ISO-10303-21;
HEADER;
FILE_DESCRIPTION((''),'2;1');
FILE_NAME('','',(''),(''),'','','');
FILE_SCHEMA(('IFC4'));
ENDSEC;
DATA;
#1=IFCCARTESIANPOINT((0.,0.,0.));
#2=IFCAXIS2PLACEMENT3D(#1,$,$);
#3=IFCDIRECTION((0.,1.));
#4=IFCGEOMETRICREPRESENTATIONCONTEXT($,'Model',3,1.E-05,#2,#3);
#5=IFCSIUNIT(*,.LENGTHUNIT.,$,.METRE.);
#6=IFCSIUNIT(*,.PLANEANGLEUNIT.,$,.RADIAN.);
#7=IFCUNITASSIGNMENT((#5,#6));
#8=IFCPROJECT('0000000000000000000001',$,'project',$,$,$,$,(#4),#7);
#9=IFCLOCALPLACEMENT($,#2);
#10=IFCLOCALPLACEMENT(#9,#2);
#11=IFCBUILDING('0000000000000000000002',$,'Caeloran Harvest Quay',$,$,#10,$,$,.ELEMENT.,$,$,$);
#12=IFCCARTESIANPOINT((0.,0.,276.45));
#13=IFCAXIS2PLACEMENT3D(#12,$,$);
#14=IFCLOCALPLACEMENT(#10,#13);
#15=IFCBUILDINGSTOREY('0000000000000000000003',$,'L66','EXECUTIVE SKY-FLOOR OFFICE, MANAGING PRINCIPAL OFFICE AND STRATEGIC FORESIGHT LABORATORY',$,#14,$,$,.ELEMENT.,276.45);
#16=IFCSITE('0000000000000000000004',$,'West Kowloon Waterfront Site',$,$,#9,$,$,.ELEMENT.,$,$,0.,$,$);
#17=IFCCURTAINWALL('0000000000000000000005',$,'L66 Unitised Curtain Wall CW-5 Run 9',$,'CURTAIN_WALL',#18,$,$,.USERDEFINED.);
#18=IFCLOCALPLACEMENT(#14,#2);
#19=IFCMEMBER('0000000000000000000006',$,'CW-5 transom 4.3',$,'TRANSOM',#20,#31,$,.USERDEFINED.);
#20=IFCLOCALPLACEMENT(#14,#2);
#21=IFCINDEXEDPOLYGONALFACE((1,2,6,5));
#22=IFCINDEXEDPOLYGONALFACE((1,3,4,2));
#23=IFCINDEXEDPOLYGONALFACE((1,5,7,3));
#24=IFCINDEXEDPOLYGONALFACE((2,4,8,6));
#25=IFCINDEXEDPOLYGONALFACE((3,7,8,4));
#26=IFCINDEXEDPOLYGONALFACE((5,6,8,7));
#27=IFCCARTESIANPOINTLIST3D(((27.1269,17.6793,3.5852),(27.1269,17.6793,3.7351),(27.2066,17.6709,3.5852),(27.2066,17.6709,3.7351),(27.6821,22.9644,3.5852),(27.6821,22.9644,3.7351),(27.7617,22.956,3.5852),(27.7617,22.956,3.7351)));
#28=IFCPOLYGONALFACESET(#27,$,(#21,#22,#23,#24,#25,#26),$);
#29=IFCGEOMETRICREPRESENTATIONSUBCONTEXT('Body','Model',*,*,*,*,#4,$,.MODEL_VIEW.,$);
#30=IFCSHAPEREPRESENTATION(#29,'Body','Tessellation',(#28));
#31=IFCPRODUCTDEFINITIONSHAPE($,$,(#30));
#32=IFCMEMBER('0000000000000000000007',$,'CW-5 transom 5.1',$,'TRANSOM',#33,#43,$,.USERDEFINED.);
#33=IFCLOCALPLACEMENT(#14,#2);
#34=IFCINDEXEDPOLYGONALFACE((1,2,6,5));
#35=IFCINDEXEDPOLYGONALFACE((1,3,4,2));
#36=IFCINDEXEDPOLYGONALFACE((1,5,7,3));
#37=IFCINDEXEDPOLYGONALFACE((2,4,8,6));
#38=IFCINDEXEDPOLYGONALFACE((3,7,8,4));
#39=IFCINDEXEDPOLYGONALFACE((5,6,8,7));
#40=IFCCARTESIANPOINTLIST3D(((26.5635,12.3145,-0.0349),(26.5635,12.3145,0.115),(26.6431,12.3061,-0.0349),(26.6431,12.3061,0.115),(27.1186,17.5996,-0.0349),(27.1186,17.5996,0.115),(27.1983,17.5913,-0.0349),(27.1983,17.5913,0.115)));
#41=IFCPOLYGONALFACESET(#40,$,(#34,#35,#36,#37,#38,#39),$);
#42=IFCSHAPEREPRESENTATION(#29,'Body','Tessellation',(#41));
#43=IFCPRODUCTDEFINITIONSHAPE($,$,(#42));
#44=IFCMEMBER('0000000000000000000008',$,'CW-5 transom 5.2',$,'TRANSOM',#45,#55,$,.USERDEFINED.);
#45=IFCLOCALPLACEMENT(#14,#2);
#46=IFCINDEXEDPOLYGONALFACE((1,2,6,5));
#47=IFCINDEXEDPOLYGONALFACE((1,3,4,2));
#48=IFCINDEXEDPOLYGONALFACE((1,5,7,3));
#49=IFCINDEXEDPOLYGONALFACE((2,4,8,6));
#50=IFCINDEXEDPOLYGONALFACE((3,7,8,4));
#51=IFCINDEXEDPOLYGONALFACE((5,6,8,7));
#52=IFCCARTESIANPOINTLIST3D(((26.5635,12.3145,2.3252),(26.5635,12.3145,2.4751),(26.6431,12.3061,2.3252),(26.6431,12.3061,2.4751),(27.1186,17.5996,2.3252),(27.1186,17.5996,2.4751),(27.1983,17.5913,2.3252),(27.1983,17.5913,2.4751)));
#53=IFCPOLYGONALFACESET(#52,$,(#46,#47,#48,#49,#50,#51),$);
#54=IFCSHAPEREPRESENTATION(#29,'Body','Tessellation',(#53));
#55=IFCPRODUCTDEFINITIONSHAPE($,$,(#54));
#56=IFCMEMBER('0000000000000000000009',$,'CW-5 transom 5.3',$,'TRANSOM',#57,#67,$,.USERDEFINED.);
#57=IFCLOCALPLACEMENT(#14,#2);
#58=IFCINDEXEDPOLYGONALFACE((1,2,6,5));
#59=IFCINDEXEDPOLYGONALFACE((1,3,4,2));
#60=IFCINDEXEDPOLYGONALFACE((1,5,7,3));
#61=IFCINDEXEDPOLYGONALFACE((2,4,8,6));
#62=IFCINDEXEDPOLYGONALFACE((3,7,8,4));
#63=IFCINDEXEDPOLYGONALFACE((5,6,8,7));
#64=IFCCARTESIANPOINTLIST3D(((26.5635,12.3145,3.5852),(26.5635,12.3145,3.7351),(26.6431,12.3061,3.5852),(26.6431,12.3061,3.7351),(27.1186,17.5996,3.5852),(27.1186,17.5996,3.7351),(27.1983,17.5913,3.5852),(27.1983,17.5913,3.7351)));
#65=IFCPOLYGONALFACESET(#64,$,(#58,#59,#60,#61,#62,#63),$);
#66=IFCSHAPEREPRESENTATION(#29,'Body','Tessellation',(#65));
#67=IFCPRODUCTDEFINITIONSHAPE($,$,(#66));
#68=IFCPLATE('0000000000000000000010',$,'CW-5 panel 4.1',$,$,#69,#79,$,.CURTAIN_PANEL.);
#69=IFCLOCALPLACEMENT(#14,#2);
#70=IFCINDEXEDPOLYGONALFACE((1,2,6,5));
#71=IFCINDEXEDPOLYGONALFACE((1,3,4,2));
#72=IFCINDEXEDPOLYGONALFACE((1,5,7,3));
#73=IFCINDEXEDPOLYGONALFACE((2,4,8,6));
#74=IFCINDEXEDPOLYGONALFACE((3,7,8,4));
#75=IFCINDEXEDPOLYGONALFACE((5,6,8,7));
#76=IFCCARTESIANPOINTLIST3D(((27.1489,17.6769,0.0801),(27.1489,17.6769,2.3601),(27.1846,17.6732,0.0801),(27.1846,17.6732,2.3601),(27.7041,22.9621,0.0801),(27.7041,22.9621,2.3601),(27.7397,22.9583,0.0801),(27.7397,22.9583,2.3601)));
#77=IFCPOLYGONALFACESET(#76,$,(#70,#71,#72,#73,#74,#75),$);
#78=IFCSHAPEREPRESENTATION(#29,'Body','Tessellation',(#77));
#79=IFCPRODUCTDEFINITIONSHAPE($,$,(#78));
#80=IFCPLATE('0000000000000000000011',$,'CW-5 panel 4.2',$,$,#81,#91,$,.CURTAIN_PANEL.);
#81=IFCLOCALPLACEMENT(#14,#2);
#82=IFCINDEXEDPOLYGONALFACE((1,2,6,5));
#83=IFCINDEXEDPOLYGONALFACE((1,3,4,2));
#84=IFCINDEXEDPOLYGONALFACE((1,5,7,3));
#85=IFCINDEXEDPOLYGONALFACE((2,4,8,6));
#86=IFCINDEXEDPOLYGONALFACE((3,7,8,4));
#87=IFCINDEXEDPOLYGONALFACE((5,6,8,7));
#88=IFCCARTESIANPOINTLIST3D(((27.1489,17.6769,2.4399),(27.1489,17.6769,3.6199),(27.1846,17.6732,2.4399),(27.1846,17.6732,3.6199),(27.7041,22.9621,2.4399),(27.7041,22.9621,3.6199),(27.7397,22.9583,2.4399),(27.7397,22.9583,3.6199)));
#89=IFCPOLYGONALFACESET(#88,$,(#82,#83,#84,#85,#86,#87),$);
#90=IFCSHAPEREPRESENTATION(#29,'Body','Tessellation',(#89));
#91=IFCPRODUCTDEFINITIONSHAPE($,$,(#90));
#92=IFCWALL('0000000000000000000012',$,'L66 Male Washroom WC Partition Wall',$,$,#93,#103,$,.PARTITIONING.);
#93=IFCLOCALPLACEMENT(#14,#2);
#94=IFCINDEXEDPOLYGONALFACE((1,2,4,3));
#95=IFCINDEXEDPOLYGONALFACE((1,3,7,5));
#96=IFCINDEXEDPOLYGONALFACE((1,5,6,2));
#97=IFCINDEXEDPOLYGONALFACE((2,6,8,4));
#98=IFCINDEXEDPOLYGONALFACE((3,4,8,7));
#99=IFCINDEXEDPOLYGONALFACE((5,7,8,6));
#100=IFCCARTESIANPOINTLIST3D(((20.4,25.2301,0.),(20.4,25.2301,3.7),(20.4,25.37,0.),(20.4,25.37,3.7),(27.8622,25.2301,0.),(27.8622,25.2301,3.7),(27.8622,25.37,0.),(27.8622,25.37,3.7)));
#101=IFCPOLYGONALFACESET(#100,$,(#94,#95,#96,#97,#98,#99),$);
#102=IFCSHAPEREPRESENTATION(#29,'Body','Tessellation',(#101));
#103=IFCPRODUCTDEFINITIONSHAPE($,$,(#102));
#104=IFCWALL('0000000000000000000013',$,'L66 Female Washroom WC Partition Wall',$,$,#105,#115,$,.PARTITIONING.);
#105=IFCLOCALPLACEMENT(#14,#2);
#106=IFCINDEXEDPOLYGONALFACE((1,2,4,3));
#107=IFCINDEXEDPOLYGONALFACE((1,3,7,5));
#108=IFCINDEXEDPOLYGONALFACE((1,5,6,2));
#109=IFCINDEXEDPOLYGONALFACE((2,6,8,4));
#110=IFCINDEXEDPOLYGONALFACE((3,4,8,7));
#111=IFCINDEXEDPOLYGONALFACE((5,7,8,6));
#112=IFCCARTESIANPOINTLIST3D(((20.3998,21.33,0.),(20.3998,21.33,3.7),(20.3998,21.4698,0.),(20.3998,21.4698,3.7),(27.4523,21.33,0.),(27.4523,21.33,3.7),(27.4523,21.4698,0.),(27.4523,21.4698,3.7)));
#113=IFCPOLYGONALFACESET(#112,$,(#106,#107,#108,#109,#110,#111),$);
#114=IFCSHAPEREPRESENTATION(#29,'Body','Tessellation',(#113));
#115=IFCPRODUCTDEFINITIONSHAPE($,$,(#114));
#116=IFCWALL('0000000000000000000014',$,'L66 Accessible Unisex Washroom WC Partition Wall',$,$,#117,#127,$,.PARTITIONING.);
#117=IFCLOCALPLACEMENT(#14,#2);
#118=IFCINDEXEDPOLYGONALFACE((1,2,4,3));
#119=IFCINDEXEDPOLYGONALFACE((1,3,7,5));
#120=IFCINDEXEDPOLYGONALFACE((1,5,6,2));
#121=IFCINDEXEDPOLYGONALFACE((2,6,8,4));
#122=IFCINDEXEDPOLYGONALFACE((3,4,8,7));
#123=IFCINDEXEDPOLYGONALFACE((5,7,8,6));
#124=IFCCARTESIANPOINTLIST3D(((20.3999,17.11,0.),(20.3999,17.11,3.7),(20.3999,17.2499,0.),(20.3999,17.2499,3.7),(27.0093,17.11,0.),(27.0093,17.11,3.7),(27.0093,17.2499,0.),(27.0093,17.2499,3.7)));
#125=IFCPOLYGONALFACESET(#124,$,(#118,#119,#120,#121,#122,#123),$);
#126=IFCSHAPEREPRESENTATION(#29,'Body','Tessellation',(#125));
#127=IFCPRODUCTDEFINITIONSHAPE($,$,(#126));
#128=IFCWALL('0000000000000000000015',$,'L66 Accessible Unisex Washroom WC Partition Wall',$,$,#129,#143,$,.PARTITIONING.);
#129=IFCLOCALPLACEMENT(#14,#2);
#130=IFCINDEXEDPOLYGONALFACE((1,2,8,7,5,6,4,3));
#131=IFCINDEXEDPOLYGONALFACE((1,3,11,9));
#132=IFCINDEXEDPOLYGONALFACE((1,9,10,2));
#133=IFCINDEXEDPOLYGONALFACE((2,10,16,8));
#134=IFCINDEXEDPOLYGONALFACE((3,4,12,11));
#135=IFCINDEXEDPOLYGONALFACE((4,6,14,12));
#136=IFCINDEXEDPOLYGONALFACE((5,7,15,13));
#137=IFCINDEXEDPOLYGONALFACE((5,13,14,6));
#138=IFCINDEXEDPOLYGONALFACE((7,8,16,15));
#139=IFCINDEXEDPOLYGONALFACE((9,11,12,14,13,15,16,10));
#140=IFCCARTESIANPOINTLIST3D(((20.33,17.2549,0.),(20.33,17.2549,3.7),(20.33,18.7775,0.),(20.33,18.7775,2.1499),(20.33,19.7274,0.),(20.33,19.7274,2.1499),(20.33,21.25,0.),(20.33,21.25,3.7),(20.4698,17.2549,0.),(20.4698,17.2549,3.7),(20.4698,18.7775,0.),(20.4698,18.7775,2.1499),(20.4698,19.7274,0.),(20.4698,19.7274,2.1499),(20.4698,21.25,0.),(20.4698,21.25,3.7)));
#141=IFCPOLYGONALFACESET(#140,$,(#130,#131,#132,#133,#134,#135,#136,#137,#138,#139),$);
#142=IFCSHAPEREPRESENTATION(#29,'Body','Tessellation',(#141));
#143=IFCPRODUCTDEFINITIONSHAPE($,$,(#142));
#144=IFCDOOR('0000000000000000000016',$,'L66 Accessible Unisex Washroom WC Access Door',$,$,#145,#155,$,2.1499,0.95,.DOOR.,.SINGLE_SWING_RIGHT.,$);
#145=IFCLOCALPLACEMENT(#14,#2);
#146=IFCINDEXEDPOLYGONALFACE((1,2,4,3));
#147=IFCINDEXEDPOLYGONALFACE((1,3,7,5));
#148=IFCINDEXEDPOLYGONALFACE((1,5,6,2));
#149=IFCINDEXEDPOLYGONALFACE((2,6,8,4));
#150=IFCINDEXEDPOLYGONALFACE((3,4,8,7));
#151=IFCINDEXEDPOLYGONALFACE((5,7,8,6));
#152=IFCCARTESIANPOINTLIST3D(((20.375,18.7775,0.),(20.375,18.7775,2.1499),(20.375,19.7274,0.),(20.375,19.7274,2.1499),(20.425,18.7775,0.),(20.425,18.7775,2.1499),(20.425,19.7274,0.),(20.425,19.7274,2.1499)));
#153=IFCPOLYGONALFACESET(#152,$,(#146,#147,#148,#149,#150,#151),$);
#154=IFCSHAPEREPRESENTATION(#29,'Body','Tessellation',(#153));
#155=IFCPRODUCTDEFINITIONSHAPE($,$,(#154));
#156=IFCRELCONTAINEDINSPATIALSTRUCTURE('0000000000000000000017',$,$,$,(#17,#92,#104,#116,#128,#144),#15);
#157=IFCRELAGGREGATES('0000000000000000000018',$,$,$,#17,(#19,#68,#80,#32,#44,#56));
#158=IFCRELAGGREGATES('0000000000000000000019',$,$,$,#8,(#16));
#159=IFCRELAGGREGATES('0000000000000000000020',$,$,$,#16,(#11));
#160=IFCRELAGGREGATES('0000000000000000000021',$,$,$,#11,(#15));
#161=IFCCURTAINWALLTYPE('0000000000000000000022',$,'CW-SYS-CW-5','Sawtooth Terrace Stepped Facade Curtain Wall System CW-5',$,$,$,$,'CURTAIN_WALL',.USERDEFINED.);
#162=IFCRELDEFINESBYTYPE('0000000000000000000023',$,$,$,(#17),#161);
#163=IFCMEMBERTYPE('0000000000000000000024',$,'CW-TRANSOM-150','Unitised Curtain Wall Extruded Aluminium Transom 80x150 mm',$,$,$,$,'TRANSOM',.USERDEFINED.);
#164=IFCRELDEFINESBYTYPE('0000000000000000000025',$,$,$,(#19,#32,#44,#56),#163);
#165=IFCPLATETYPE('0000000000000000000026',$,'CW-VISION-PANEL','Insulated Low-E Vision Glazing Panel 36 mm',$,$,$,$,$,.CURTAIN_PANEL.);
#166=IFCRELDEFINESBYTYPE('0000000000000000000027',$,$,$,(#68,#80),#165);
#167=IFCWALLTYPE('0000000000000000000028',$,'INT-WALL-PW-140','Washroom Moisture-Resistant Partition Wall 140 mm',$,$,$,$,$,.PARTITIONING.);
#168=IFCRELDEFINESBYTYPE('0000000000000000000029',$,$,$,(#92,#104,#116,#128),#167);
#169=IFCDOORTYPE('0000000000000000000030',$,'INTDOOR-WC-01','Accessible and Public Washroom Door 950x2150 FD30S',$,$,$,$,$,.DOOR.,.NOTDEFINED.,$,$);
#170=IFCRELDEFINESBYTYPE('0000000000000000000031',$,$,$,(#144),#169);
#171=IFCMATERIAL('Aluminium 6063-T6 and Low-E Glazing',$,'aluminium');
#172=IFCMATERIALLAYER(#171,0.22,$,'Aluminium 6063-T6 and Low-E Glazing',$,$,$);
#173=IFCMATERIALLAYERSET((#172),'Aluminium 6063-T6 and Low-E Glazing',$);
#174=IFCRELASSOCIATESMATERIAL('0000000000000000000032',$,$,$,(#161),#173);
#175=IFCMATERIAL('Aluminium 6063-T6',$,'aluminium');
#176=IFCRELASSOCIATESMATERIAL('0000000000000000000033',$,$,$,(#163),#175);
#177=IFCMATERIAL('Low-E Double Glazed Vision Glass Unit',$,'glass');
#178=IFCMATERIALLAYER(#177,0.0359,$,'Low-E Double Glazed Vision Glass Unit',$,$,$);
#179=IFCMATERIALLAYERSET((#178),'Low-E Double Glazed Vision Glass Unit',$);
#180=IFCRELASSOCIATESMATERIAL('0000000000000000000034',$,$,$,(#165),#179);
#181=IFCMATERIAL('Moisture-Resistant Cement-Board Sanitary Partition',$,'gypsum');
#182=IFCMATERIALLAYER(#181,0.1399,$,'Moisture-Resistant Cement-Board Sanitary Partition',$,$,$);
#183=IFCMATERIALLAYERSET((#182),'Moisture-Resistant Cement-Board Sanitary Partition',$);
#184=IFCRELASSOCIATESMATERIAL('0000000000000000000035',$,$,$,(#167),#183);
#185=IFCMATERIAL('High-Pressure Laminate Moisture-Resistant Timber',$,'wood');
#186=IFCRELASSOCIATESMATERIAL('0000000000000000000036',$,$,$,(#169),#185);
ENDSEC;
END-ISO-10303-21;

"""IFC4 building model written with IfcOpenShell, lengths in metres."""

from ifc_helpers import new_model, si_unit, direction, frame, frame_2d, origin, origin_2d, place, context, subcontext, project, spatial, rectangle, extrude, material, layer, layer_set, material_profile, profile_set, type_object, element, fill, aggregate, save


model = new_model("IFC4")

# Units and contexts
model_context = context("Model", 3, precision=1e-05, world=origin(), true_north=direction((0.0, 1.0)))
body_context = subcontext(model_context, "Body", "Model", "MODEL_VIEW")
ifc_project = project(units=[si_unit("LENGTHUNIT", "METRE"), si_unit("PLANEANGLEUNIT", "RADIAN")], contexts=[model_context])

# Site, building, storey
site_placement = place(None, origin())
site = spatial("IfcSite", under=ifc_project, at=site_placement, Name="West Kowloon Waterfront Site", CompositionType="ELEMENT", RefElevation=0.0)
building_placement = place(site_placement, origin())
building = spatial("IfcBuilding", under=site, at=building_placement, Name="Caeloran Harvest Quay", CompositionType="ELEMENT")
storey_placement = place(building_placement, frame((0.0, 0.0, 276.45)))
storey = spatial("IfcBuildingStorey", under=building, at=storey_placement, Name="L66", Description="EXECUTIVE SKY-FLOOR OFFICE, MANAGING PRINCIPAL OFFICE AND STRATEGIC FORESIGHT LABORATORY", CompositionType="ELEMENT", Elevation=276.45)

# Curtain wall, members, plates
ifc_material_1 = material(Name="Aluminium 6063-T6 and Low-E Glazing", Category="aluminium")
ifc_layer_1 = layer(ifc_material_1, 0.22, Name="Aluminium 6063-T6 and Low-E Glazing")
ifc_layer_set_1 = layer_set([ifc_layer_1], Name="Aluminium 6063-T6 and Low-E Glazing")
curtain_wall_type = type_object("IfcCurtainWallType", Name="CW-SYS-CW-5", Description="Sawtooth Terrace Stepped Facade Curtain Wall System CW-5", ElementType="CURTAIN_WALL", PredefinedType="USERDEFINED", material=ifc_layer_set_1)
curtain_wall_placement = place(storey_placement, origin())
curtain_wall = element("IfcCurtainWall", 1, at=curtain_wall_placement, inside=storey, type_object=curtain_wall_type, Name="L66 Unitised Curtain Wall CW-5 Run 9", ObjectType="CURTAIN_WALL", PredefinedType="USERDEFINED")
ifc_material_2 = material(Name="Aluminium 6063-T6", Category="aluminium")
ifc_material_profile_1 = material_profile(ifc_material_2, rectangle(XDim=0.0801, YDim=0.1499, at=origin_2d()), Name="CW-TRANSOM-150")
ifc_profile_set_1 = profile_set([ifc_material_profile_1], Name="Aluminium 6063-T6")
member_type_1 = type_object("IfcMemberType", Name="CW-TRANSOM-150", Description="Unitised Curtain Wall Extruded Aluminium Transom 80x150 mm", ElementType="TRANSOM", PredefinedType="USERDEFINED", material=ifc_profile_set_1)
member_1_placement = place(storey_placement, frame((27.7219, 22.9602, 3.6602), z_axis=(-0.10447, -0.994528, 0.0), x_axis=(0.994528, -0.10447, 0.0)))
member_1 = element("IfcMember", 2, at=member_1_placement, type_object=member_type_1, Name="CW-5 transom 4.3", ObjectType="TRANSOM", PredefinedType="USERDEFINED", context=body_context, shape_type="SweptSolid", body=[
    extrude(rectangle(XDim=0.0801, YDim=0.1499, at=origin_2d()), origin(), (0.0, 0.0, 1.0), 5.3142),
])
member_2_placement = place(storey_placement, frame((27.1584, 17.5955, 0.04), z_axis=(-0.10447, -0.994528, 0.0), x_axis=(0.994528, -0.10447, 0.0)))
member_2 = element("IfcMember", 3, at=member_2_placement, type_object=member_type_1, Name="CW-5 transom 5.1", ObjectType="TRANSOM", PredefinedType="USERDEFINED", context=body_context, shape_type="SweptSolid", body=[
    extrude(rectangle(XDim=0.0801, YDim=0.1499, at=origin_2d()), origin(), (0.0, 0.0, 1.0), 5.3142),
])
member_3_placement = place(storey_placement, frame((27.1584, 17.5955, 2.4001), z_axis=(-0.10447, -0.994528, 0.0), x_axis=(0.994528, -0.10447, 0.0)))
member_3 = element("IfcMember", 4, at=member_3_placement, type_object=member_type_1, Name="CW-5 transom 5.2", ObjectType="TRANSOM", PredefinedType="USERDEFINED", context=body_context, shape_type="SweptSolid", body=[
    extrude(rectangle(XDim=0.0801, YDim=0.1499, at=origin_2d()), origin(), (0.0, 0.0, 1.0), 5.3142),
])
member_4_placement = place(storey_placement, frame((27.1584, 17.5955, 3.6602), z_axis=(-0.10447, -0.994528, 0.0), x_axis=(0.994528, -0.10447, 0.0)))
member_4 = element("IfcMember", 5, at=member_4_placement, type_object=member_type_1, Name="CW-5 transom 5.3", ObjectType="TRANSOM", PredefinedType="USERDEFINED", context=body_context, shape_type="SweptSolid", body=[
    extrude(rectangle(XDim=0.0801, YDim=0.1499, at=origin_2d()), origin(), (0.0, 0.0, 1.0), 5.3142),
])
ifc_material_3 = material(Name="Low-E Double Glazed Vision Glass Unit", Category="glass")
ifc_layer_2 = layer(ifc_material_3, 0.0359, Name="Low-E Double Glazed Vision Glass Unit")
ifc_layer_set_2 = layer_set([ifc_layer_2], Name="Low-E Double Glazed Vision Glass Unit")
plate_type = type_object("IfcPlateType", Name="CW-VISION-PANEL", Description="Insulated Low-E Vision Glazing Panel 36 mm", PredefinedType="CURTAIN_PANEL", material=ifc_layer_set_2)
plate_1_placement = place(storey_placement, frame((27.4443, 20.3176, 0.0801), z_axis=(0.0, 0.0, 1.0), x_axis=(-0.10446, -0.994529, 0.0)))
plate_1 = element("IfcPlate", 6, at=plate_1_placement, type_object=plate_type, Name="CW-5 panel 4.1", PredefinedType="CURTAIN_PANEL", context=body_context, shape_type="SweptSolid", body=[
    extrude(rectangle(XDim=5.3142, YDim=0.0359, at=origin_2d()), origin(), (0.0, 0.0, 1.0), 2.28),
])
plate_2_placement = place(storey_placement, frame((27.4443, 20.3176, 2.4399), z_axis=(0.0, 0.0, 1.0), x_axis=(-0.10446, -0.994529, 0.0)))
plate_2 = element("IfcPlate", 7, at=plate_2_placement, type_object=plate_type, Name="CW-5 panel 4.2", PredefinedType="CURTAIN_PANEL", context=body_context, shape_type="SweptSolid", body=[
    extrude(rectangle(XDim=5.3142, YDim=0.0359, at=origin_2d()), origin(), (0.0, 0.0, 1.0), 1.1799),
])
aggregate(curtain_wall, [member_1, plate_1, plate_2, member_2, member_3, member_4])

# Walls
ifc_material_4 = material(Name="Moisture-Resistant Cement-Board Sanitary Partition", Category="gypsum")
ifc_layer_3 = layer(ifc_material_4, 0.1399, Name="Moisture-Resistant Cement-Board Sanitary Partition")
ifc_layer_set_3 = layer_set([ifc_layer_3], Name="Moisture-Resistant Cement-Board Sanitary Partition")
wall_type = type_object("IfcWallType", Name="INT-WALL-PW-140", Description="Washroom Moisture-Resistant Partition Wall 140 mm", PredefinedType="PARTITIONING", material=ifc_layer_set_3)
wall_1_placement = place(storey_placement, frame((27.8621, 25.3, 0.0), z_axis=(0.0, 0.0, 1.0), x_axis=(-1.0, 0.0, 0.0)))
element("IfcWall", 8, at=wall_1_placement, inside=storey, type_object=wall_type, Name="L66 Male Washroom WC Partition Wall", PredefinedType="PARTITIONING", context=body_context, shape_type="SweptSolid", body=[
    extrude(rectangle(XDim=7.4622, YDim=0.1399, at=frame_2d((3.731, 0.0))), origin(), (0.0, 0.0, 1.0), 3.7),
])
wall_2_placement = place(storey_placement, frame((27.4524, 21.3999, 0.0), z_axis=(0.0, 0.0, 1.0), x_axis=(-1.0, 0.0, 0.0)))
element("IfcWall", 9, at=wall_2_placement, inside=storey, type_object=wall_type, Name="L66 Female Washroom WC Partition Wall", PredefinedType="PARTITIONING", context=body_context, shape_type="SweptSolid", body=[
    extrude(rectangle(XDim=7.0525, YDim=0.1399, at=frame_2d((3.5264, 0.0))), origin(), (0.0, 0.0, 1.0), 3.7),
])

# Shared definitions
ifc_material_5 = material(Name="High-Pressure Laminate Moisture-Resistant Timber", Category="wood")
door_type = type_object("IfcDoorType", Name="INTDOOR-WC-01", Description="Accessible and Public Washroom Door 950x2150 FD30S", OperationType="NOTDEFINED", PredefinedType="DOOR", material=ifc_material_5)

# Wall
wall_3_placement = place(storey_placement, frame((27.0093, 17.1799, 0.0), z_axis=(0.0, 0.0, 1.0), x_axis=(-1.0, 0.0, 0.0)))
element("IfcWall", 10, at=wall_3_placement, inside=storey, type_object=wall_type, Name="L66 Accessible Unisex Washroom WC Partition Wall", PredefinedType="PARTITIONING", context=body_context, shape_type="SweptSolid", body=[
    extrude(rectangle(XDim=6.6094, YDim=0.1399, at=frame_2d((3.3047, 0.0))), origin(), (0.0, 0.0, 1.0), 3.7),
])

# Wall, opening, door
wall_4_placement = place(storey_placement, frame((20.3999, 17.2549, 0.0), z_axis=(0.0, 0.0, 1.0), x_axis=(0.0, 1.0, 0.0)))
wall_4 = element("IfcWall", 11, at=wall_4_placement, inside=storey, type_object=wall_type, Name="L66 Accessible Unisex Washroom WC Partition Wall", PredefinedType="PARTITIONING", context=body_context, shape_type="SweptSolid", body=[
    extrude(rectangle(XDim=3.9951, YDim=0.1399, at=frame_2d((1.9976, 0.0))), origin(), (0.0, 0.0, 1.0), 3.7),
])
opening_1_placement = place(wall_4_placement, frame((1.5225, 0.0, 0.0)))
opening_1 = element("IfcOpeningElement", 12, at=opening_1_placement, cuts=wall_4, PredefinedType="OPENING", context=body_context, shape_type="SweptSolid", body=[
    extrude(rectangle(XDim=0.95, YDim=2.1499, at=frame_2d((0.4751, 1.075))), frame((0.0, 0.0801, 0.0), z_axis=(0.0, -1.0, 0.0), x_axis=(1.0, 0.0, 0.0)), (0.0, 0.0, 1.0), 0.1599),
])
door_1_placement = place(opening_1_placement, origin())
door_1 = element("IfcDoor", 13, at=door_1_placement, inside=storey, type_object=door_type, Name="L66 Accessible Unisex Washroom WC Access Door", OperationType="SINGLE_SWING_RIGHT", OverallHeight=2.1499, OverallWidth=0.95, PredefinedType="DOOR", context=body_context, shape_type="SweptSolid", body=[
    extrude(rectangle(XDim=0.95, YDim=2.1499, at=frame_2d((0.4751, 1.075))), frame((0.0, 0.0249, 0.0), z_axis=(0.0, -1.0, 0.0), x_axis=(1.0, 0.0, 0.0)), (0.0, 0.0, 1.0), 0.05),
])
fill(opening_1, door_1)

save(model, "model.ifc")
